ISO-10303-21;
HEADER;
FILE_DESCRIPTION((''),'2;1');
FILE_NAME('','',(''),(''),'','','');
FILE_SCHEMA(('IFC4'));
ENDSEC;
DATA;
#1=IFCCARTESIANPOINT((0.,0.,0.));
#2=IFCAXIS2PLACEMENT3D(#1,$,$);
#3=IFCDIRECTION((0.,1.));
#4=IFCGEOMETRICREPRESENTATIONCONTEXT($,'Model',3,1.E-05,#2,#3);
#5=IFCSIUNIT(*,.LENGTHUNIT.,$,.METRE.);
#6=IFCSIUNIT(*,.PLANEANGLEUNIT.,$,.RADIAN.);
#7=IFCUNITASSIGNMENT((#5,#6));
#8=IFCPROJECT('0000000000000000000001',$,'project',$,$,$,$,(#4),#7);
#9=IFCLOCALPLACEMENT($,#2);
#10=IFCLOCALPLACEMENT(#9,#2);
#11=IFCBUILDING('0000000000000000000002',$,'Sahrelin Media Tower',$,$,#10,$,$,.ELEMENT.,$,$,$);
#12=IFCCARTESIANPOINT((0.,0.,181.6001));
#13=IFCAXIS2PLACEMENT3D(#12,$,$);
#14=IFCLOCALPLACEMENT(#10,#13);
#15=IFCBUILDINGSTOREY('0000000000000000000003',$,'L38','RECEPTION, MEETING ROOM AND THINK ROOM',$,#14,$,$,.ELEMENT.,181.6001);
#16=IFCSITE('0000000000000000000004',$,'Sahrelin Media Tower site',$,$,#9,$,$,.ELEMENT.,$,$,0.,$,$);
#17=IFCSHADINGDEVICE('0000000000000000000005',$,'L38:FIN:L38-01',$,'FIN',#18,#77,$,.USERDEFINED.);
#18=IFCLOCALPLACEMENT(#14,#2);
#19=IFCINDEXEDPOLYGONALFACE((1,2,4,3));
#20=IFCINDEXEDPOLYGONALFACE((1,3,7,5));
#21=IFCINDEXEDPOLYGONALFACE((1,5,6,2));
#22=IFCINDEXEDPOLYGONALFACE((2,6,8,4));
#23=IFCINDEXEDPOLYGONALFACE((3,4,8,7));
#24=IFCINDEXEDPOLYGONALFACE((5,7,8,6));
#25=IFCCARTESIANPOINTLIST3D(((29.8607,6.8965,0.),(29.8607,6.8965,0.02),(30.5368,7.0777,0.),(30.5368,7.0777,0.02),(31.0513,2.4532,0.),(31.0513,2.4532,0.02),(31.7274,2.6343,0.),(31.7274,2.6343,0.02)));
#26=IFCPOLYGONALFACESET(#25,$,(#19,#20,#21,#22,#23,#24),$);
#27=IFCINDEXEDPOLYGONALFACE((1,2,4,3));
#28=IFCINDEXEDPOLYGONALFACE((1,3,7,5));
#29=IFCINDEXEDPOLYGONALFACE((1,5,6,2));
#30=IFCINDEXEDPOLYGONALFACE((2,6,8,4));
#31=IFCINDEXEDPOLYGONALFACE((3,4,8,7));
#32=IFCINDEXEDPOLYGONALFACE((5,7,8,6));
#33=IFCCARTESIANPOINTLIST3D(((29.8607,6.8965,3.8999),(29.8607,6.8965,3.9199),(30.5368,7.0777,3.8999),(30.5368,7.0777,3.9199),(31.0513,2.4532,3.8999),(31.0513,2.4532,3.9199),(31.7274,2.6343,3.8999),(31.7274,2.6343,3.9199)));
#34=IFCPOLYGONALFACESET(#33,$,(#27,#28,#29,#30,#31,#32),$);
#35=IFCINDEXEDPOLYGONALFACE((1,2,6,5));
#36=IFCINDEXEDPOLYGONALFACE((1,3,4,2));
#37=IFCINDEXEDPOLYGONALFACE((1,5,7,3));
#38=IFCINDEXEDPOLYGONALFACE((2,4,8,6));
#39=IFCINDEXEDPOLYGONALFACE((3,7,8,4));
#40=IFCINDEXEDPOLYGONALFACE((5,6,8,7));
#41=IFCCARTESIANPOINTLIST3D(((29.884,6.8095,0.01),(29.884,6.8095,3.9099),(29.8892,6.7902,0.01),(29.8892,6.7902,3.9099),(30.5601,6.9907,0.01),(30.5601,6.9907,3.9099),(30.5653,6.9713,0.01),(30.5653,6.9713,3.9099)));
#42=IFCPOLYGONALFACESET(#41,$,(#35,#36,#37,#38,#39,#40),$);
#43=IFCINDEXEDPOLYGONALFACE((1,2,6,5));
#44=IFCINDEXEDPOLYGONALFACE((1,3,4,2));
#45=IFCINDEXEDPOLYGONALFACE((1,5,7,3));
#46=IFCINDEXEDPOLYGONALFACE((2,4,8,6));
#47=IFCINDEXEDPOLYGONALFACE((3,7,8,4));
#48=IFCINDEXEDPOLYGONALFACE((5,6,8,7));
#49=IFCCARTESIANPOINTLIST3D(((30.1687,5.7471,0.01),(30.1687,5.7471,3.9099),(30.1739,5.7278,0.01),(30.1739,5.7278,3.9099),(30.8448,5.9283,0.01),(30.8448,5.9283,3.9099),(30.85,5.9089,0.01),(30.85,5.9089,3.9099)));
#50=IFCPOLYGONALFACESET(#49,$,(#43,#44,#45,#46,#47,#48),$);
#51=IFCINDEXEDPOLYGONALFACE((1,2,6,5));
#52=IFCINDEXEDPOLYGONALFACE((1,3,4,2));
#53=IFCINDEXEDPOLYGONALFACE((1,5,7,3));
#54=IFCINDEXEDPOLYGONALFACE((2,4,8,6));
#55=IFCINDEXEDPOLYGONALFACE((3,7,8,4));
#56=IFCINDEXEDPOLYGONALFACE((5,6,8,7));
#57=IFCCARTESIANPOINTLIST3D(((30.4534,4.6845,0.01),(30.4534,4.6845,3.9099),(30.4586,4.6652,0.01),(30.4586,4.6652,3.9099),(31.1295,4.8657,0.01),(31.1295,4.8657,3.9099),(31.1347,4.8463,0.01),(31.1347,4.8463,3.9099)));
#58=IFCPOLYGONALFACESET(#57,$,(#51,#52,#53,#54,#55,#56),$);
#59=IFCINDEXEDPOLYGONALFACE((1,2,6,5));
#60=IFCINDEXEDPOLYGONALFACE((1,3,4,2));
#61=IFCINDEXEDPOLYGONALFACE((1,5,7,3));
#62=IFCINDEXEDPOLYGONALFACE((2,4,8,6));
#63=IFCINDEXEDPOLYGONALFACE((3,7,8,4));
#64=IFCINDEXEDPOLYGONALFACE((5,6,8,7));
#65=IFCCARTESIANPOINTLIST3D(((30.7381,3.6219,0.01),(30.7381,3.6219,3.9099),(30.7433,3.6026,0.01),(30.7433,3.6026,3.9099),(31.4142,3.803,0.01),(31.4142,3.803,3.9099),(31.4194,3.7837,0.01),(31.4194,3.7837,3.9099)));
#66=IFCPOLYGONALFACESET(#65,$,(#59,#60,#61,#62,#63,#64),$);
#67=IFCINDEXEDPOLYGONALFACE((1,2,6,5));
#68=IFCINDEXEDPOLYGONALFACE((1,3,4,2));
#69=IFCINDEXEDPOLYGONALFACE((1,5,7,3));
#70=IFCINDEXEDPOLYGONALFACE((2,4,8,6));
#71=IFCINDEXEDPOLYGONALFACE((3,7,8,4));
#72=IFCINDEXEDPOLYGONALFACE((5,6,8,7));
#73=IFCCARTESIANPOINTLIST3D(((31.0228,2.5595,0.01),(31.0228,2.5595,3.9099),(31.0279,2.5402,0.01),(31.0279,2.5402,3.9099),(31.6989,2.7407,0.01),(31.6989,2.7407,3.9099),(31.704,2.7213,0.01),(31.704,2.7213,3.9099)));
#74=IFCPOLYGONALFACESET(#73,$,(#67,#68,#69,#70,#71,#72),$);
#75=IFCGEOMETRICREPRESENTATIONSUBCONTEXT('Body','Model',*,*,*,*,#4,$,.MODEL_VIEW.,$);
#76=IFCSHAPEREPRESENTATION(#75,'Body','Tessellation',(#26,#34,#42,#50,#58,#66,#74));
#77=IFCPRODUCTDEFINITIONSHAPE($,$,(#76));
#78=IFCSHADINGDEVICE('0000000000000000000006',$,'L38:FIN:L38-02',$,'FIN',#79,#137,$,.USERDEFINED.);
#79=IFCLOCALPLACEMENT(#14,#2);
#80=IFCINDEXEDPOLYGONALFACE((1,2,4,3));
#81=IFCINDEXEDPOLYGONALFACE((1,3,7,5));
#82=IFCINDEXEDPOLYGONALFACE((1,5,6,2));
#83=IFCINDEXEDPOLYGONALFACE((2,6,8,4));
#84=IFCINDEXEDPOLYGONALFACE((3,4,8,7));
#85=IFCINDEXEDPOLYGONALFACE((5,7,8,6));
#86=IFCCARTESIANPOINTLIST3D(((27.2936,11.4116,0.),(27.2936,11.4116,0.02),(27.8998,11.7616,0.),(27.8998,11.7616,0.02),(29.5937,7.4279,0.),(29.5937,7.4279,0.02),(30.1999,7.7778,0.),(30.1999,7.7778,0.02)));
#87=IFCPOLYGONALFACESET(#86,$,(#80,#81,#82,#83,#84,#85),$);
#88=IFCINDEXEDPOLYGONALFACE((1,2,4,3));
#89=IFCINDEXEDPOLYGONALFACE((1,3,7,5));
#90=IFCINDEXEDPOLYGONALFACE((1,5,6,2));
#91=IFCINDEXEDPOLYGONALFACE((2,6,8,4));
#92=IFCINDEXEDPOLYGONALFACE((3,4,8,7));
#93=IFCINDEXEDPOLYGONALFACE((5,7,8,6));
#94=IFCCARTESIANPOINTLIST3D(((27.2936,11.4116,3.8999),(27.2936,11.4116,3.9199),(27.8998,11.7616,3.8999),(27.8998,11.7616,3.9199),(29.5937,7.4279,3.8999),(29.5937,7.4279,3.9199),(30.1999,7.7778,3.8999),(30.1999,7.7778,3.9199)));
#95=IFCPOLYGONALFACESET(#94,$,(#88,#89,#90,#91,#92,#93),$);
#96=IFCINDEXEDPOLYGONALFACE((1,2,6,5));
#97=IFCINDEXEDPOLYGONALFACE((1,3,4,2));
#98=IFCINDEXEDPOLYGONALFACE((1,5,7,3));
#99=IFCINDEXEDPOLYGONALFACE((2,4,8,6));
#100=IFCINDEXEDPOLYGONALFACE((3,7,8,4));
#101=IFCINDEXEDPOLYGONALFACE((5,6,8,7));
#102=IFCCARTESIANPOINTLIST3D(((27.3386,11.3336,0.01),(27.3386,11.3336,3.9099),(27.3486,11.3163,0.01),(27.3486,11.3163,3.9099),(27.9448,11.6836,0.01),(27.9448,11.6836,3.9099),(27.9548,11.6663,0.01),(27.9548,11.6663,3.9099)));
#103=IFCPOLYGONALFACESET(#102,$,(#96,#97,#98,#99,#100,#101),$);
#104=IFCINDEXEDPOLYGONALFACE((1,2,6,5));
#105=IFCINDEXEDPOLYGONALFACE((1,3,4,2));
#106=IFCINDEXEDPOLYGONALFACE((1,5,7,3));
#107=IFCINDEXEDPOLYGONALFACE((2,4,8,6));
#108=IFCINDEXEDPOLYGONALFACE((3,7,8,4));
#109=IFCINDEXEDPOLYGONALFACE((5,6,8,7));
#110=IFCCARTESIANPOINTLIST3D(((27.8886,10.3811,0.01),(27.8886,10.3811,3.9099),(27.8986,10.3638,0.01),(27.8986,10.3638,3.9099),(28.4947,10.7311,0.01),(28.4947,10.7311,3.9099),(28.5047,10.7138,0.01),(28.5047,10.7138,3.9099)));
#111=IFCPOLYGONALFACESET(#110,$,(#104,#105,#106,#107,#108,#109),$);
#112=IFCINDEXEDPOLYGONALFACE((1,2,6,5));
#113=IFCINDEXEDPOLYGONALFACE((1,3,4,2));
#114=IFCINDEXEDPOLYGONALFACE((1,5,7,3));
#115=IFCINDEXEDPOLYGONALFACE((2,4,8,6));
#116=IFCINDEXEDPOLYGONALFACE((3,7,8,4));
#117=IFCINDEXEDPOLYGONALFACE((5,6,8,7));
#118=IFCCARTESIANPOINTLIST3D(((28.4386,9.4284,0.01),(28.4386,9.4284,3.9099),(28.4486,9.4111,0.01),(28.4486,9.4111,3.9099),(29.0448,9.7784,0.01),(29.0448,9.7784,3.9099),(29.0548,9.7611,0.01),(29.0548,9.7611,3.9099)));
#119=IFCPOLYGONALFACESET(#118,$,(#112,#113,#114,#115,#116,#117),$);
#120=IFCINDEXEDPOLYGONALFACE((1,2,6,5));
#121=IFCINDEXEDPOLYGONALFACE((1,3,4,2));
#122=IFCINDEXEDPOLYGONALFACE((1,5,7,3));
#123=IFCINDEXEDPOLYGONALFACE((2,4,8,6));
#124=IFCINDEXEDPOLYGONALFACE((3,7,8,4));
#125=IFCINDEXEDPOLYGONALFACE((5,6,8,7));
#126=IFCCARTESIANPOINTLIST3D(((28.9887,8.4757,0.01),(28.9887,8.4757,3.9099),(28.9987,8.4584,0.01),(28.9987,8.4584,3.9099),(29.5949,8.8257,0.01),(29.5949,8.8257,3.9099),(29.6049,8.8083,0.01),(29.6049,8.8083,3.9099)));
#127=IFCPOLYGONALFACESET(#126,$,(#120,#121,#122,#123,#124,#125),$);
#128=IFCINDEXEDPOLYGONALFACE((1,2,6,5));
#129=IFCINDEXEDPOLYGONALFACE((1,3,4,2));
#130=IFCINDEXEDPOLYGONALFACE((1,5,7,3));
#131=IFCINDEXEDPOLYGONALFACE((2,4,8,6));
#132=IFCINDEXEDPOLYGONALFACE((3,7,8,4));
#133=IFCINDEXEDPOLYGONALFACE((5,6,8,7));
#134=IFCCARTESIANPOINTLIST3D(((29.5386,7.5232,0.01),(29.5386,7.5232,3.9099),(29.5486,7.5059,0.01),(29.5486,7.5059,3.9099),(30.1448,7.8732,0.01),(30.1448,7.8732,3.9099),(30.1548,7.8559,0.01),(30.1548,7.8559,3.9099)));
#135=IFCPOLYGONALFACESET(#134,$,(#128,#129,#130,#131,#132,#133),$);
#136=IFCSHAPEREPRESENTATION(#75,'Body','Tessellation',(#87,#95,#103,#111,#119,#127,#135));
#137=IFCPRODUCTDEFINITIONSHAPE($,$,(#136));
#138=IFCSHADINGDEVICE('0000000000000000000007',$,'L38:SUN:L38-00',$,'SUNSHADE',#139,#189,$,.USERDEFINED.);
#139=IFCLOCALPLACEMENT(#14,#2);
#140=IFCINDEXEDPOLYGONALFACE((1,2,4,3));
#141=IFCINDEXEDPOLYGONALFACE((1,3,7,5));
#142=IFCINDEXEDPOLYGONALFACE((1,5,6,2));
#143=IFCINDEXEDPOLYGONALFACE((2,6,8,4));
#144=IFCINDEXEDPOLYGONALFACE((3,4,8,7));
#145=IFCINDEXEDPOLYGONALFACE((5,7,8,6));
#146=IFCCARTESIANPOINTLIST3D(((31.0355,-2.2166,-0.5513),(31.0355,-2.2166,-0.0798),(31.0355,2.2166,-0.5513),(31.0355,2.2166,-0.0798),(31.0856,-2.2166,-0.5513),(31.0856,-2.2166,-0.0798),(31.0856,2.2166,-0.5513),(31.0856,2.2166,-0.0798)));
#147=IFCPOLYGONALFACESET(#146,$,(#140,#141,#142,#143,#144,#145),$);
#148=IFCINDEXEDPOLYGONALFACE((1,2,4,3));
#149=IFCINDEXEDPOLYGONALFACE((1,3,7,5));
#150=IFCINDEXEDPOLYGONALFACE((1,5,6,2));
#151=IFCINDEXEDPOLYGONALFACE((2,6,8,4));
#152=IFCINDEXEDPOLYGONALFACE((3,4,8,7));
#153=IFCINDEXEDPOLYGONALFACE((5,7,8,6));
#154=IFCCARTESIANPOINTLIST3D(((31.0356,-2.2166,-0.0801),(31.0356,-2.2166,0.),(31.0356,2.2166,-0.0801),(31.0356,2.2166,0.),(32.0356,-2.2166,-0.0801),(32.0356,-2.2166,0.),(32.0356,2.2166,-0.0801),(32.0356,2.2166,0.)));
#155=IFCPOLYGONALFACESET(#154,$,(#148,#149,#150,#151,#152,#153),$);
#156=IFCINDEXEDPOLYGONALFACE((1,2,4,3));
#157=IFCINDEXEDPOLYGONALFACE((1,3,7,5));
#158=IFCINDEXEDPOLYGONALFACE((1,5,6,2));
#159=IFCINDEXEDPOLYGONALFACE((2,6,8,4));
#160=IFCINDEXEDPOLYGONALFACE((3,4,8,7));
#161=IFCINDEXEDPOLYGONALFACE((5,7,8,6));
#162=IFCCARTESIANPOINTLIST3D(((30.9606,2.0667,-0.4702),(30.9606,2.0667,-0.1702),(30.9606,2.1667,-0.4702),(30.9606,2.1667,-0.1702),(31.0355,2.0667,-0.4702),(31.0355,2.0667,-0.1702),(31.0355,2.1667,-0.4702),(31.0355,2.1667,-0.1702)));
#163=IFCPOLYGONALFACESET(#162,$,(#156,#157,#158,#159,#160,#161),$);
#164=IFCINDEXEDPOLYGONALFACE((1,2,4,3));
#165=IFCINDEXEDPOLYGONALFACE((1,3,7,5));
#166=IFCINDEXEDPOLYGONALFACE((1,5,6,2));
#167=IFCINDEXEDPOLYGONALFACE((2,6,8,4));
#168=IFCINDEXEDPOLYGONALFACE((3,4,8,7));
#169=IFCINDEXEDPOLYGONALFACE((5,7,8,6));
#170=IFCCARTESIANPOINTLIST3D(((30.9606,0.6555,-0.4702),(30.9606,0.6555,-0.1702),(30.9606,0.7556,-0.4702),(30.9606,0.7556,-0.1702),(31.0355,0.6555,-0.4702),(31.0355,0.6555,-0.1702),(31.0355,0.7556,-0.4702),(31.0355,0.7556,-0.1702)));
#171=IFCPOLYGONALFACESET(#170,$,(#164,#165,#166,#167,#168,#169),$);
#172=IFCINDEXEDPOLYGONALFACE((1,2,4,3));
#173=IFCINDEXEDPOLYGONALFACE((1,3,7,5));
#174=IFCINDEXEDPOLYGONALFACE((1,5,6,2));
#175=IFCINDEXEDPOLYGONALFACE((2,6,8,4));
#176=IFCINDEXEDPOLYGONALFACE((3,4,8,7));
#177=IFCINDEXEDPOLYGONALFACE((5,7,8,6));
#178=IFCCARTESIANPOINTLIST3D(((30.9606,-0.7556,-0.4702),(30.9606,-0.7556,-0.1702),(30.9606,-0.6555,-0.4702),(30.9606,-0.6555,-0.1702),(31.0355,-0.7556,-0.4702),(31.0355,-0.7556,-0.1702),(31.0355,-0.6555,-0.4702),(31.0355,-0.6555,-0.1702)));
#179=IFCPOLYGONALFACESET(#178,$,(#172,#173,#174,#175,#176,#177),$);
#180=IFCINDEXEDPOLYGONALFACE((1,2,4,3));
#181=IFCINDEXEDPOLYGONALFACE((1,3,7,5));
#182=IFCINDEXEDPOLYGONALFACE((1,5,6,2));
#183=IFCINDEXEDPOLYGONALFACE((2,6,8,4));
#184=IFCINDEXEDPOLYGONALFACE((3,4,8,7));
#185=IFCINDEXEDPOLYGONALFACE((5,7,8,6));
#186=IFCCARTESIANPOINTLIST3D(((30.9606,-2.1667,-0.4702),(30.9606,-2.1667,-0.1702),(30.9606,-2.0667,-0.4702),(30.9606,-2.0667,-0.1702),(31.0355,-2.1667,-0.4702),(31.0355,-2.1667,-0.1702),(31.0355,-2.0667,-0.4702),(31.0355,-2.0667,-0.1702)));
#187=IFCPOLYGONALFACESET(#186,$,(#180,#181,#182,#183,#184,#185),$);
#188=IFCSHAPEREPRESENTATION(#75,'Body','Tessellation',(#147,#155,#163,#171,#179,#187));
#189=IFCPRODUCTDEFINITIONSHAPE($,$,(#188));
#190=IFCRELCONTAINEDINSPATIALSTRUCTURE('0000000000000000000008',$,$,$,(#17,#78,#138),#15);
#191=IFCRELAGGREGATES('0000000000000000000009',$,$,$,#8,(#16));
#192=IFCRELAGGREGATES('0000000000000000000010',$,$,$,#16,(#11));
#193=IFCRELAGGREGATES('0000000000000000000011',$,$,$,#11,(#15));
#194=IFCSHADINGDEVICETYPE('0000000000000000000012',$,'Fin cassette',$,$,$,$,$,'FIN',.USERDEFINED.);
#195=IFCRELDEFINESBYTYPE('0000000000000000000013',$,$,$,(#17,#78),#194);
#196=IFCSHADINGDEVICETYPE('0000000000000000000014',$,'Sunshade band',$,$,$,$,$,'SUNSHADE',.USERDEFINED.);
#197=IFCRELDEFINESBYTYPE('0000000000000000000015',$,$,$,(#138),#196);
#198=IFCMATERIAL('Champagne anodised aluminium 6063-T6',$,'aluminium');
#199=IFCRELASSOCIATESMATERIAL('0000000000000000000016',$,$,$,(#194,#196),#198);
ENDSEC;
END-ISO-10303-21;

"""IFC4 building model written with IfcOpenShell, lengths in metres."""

from ifc_helpers import new_model, si_unit, direction, frame, origin, origin_2d, place, context, subcontext, project, spatial, rectangle, extrude, material, type_object, element, save


model = new_model("IFC4")

# Units and contexts
model_context = context("Model", 3, precision=1e-05, world=origin(), true_north=direction((0.0, 1.0)))
body_context = subcontext(model_context, "Body", "Model", "MODEL_VIEW")
ifc_project = project(units=[si_unit("LENGTHUNIT", "METRE"), si_unit("PLANEANGLEUNIT", "RADIAN")], contexts=[model_context])

# Site, building, storey
site_placement = place(None, origin())
site = spatial("IfcSite", under=ifc_project, at=site_placement, Name="Sahrelin Media Tower site", CompositionType="ELEMENT", RefElevation=0.0)
building_placement = place(site_placement, origin())
building = spatial("IfcBuilding", under=site, at=building_placement, Name="Sahrelin Media Tower", CompositionType="ELEMENT")
storey_placement = place(building_placement, frame((0.0, 0.0, 181.6001)))
storey = spatial("IfcBuildingStorey", under=building, at=storey_placement, Name="L38", Description="RECEPTION, MEETING ROOM AND THINK ROOM", CompositionType="ELEMENT", Elevation=181.6001)

# Shared definitions
ifc_material_1 = material(Name="Champagne anodised aluminium 6063-T6", Category="aluminium")

# Shading devices
shading_device_type_1 = type_object("IfcShadingDeviceType", Name="Fin cassette", ElementType="FIN", PredefinedType="USERDEFINED", material=ifc_material_1)
placement_1 = place(storey_placement, frame((31.0156, 0.0, 0.0), z_axis=(0.0, 0.0, 1.0), x_axis=(0.0, -1.0, 0.0)))
placement_2 = place(storey_placement, frame((30.3884, 4.6567, 0.0), z_axis=(0.0, 0.0, 1.0), x_axis=(0.258808, -0.965929, 0.0)))
element("IfcShadingDevice", 1, at=placement_2, inside=storey, type_object=shading_device_type_1, Name="L38:FIN:L38-01", ObjectType="FIN", PredefinedType="USERDEFINED", context=body_context, shape_type="SweptSolid", body=[
    extrude(rectangle(XDim=4.6001, YDim=0.7, at=origin_2d()), frame((0.0, 0.4199, 0.0)), (0.0, 0.0, 1.0), 0.02),
    extrude(rectangle(XDim=4.6001, YDim=0.7, at=origin_2d()), frame((0.0, 0.4199, 3.8999)), (0.0, 0.0, 1.0), 0.02),
    extrude(rectangle(XDim=0.02, YDim=0.7, at=origin_2d()), frame((-2.2, 0.4199, 0.01), z_axis=(0.0, 0.0, 1.0), x_axis=(1.0, 0.0, 0.0)), (0.0, 0.0, 1.0), 3.8999),
    extrude(rectangle(XDim=0.02, YDim=0.7, at=origin_2d()), frame((-1.1001, 0.4199, 0.01), z_axis=(0.0, 0.0, 1.0), x_axis=(1.0, 0.0, 0.0)), (0.0, 0.0, 1.0), 3.8999),
    extrude(rectangle(XDim=0.02, YDim=0.7, at=origin_2d()), frame((0.0, 0.4199, 0.01), z_axis=(0.0, 0.0, 1.0), x_axis=(1.0, 0.0, 0.0)), (0.0, 0.0, 1.0), 3.8999),
    extrude(rectangle(XDim=0.02, YDim=0.7, at=origin_2d()), frame((1.1001, 0.4199, 0.01), z_axis=(0.0, 0.0, 1.0), x_axis=(1.0, 0.0, 0.0)), (0.0, 0.0, 1.0), 3.8999),
    extrude(rectangle(XDim=0.02, YDim=0.7, at=origin_2d()), frame((2.2, 0.4199, 0.01), z_axis=(0.0, 0.0, 1.0), x_axis=(1.0, 0.0, 0.0)), (0.0, 0.0, 1.0), 3.8999),
])
placement_3 = place(storey_placement, frame((28.3831, 9.3848, 0.0), z_axis=(0.0, 0.0, 1.0), x_axis=(0.500011, -0.866019, 0.0)))
element("IfcShadingDevice", 2, at=placement_3, inside=storey, type_object=shading_device_type_1, Name="L38:FIN:L38-02", ObjectType="FIN", PredefinedType="USERDEFINED", context=body_context, shape_type="SweptSolid", body=[
    extrude(rectangle(XDim=4.6001, YDim=0.7, at=origin_2d()), frame((0.0, 0.4199, 0.0)), (0.0, 0.0, 1.0), 0.02),
    extrude(rectangle(XDim=4.6001, YDim=0.7, at=origin_2d()), frame((0.0, 0.4199, 3.8999)), (0.0, 0.0, 1.0), 0.02),
    extrude(rectangle(XDim=0.02, YDim=0.7, at=origin_2d()), frame((-2.2, 0.4199, 0.01), z_axis=(0.0, 0.0, 1.0), x_axis=(1.0, 0.0, 0.0)), (0.0, 0.0, 1.0), 3.8999),
    extrude(rectangle(XDim=0.02, YDim=0.7, at=origin_2d()), frame((-1.1001, 0.4199, 0.01), z_axis=(0.0, 0.0, 1.0), x_axis=(1.0, 0.0, 0.0)), (0.0, 0.0, 1.0), 3.8999),
    extrude(rectangle(XDim=0.02, YDim=0.7, at=origin_2d()), frame((0.0, 0.4199, 0.01), z_axis=(0.0, 0.0, 1.0), x_axis=(1.0, 0.0, 0.0)), (0.0, 0.0, 1.0), 3.8999),
    extrude(rectangle(XDim=0.02, YDim=0.7, at=origin_2d()), frame((1.1001, 0.4199, 0.01), z_axis=(0.0, 0.0, 1.0), x_axis=(1.0, 0.0, 0.0)), (0.0, 0.0, 1.0), 3.8999),
    extrude(rectangle(XDim=0.02, YDim=0.7, at=origin_2d()), frame((2.2, 0.4199, 0.01), z_axis=(0.0, 0.0, 1.0), x_axis=(1.0, 0.0, 0.0)), (0.0, 0.0, 1.0), 3.8999),
])
shading_device_type_2 = type_object("IfcShadingDeviceType", Name="Sunshade band", ElementType="SUNSHADE", PredefinedType="USERDEFINED", material=ifc_material_1)
element("IfcShadingDevice", 3, at=placement_1, inside=storey, type_object=shading_device_type_2, Name="L38:SUN:L38-00", ObjectType="SUNSHADE", PredefinedType="USERDEFINED", context=body_context, shape_type="SweptSolid", body=[
    extrude(rectangle(XDim=4.4331, YDim=0.05, at=origin_2d()), frame((0.0, 0.0449, -0.5513)), (0.0, 0.0, 1.0), 0.4714),
    extrude(rectangle(XDim=4.4331, YDim=1.0, at=origin_2d()), frame((0.0, 0.52, -0.0801)), (0.0, 0.0, 1.0), 0.0801),
    extrude(rectangle(XDim=0.1001, YDim=0.075, at=origin_2d()), frame((-2.1167, -0.0176, -0.4702)), (0.0, 0.0, 1.0), 0.3),
    extrude(rectangle(XDim=0.1001, YDim=0.075, at=origin_2d()), frame((-0.7056, -0.0176, -0.4702)), (0.0, 0.0, 1.0), 0.3),
    extrude(rectangle(XDim=0.1001, YDim=0.075, at=origin_2d()), frame((0.7056, -0.0176, -0.4702)), (0.0, 0.0, 1.0), 0.3),
    extrude(rectangle(XDim=0.1001, YDim=0.075, at=origin_2d()), frame((2.1167, -0.0176, -0.4702)), (0.0, 0.0, 1.0), 0.3),
])

save(model, "model.ifc")
